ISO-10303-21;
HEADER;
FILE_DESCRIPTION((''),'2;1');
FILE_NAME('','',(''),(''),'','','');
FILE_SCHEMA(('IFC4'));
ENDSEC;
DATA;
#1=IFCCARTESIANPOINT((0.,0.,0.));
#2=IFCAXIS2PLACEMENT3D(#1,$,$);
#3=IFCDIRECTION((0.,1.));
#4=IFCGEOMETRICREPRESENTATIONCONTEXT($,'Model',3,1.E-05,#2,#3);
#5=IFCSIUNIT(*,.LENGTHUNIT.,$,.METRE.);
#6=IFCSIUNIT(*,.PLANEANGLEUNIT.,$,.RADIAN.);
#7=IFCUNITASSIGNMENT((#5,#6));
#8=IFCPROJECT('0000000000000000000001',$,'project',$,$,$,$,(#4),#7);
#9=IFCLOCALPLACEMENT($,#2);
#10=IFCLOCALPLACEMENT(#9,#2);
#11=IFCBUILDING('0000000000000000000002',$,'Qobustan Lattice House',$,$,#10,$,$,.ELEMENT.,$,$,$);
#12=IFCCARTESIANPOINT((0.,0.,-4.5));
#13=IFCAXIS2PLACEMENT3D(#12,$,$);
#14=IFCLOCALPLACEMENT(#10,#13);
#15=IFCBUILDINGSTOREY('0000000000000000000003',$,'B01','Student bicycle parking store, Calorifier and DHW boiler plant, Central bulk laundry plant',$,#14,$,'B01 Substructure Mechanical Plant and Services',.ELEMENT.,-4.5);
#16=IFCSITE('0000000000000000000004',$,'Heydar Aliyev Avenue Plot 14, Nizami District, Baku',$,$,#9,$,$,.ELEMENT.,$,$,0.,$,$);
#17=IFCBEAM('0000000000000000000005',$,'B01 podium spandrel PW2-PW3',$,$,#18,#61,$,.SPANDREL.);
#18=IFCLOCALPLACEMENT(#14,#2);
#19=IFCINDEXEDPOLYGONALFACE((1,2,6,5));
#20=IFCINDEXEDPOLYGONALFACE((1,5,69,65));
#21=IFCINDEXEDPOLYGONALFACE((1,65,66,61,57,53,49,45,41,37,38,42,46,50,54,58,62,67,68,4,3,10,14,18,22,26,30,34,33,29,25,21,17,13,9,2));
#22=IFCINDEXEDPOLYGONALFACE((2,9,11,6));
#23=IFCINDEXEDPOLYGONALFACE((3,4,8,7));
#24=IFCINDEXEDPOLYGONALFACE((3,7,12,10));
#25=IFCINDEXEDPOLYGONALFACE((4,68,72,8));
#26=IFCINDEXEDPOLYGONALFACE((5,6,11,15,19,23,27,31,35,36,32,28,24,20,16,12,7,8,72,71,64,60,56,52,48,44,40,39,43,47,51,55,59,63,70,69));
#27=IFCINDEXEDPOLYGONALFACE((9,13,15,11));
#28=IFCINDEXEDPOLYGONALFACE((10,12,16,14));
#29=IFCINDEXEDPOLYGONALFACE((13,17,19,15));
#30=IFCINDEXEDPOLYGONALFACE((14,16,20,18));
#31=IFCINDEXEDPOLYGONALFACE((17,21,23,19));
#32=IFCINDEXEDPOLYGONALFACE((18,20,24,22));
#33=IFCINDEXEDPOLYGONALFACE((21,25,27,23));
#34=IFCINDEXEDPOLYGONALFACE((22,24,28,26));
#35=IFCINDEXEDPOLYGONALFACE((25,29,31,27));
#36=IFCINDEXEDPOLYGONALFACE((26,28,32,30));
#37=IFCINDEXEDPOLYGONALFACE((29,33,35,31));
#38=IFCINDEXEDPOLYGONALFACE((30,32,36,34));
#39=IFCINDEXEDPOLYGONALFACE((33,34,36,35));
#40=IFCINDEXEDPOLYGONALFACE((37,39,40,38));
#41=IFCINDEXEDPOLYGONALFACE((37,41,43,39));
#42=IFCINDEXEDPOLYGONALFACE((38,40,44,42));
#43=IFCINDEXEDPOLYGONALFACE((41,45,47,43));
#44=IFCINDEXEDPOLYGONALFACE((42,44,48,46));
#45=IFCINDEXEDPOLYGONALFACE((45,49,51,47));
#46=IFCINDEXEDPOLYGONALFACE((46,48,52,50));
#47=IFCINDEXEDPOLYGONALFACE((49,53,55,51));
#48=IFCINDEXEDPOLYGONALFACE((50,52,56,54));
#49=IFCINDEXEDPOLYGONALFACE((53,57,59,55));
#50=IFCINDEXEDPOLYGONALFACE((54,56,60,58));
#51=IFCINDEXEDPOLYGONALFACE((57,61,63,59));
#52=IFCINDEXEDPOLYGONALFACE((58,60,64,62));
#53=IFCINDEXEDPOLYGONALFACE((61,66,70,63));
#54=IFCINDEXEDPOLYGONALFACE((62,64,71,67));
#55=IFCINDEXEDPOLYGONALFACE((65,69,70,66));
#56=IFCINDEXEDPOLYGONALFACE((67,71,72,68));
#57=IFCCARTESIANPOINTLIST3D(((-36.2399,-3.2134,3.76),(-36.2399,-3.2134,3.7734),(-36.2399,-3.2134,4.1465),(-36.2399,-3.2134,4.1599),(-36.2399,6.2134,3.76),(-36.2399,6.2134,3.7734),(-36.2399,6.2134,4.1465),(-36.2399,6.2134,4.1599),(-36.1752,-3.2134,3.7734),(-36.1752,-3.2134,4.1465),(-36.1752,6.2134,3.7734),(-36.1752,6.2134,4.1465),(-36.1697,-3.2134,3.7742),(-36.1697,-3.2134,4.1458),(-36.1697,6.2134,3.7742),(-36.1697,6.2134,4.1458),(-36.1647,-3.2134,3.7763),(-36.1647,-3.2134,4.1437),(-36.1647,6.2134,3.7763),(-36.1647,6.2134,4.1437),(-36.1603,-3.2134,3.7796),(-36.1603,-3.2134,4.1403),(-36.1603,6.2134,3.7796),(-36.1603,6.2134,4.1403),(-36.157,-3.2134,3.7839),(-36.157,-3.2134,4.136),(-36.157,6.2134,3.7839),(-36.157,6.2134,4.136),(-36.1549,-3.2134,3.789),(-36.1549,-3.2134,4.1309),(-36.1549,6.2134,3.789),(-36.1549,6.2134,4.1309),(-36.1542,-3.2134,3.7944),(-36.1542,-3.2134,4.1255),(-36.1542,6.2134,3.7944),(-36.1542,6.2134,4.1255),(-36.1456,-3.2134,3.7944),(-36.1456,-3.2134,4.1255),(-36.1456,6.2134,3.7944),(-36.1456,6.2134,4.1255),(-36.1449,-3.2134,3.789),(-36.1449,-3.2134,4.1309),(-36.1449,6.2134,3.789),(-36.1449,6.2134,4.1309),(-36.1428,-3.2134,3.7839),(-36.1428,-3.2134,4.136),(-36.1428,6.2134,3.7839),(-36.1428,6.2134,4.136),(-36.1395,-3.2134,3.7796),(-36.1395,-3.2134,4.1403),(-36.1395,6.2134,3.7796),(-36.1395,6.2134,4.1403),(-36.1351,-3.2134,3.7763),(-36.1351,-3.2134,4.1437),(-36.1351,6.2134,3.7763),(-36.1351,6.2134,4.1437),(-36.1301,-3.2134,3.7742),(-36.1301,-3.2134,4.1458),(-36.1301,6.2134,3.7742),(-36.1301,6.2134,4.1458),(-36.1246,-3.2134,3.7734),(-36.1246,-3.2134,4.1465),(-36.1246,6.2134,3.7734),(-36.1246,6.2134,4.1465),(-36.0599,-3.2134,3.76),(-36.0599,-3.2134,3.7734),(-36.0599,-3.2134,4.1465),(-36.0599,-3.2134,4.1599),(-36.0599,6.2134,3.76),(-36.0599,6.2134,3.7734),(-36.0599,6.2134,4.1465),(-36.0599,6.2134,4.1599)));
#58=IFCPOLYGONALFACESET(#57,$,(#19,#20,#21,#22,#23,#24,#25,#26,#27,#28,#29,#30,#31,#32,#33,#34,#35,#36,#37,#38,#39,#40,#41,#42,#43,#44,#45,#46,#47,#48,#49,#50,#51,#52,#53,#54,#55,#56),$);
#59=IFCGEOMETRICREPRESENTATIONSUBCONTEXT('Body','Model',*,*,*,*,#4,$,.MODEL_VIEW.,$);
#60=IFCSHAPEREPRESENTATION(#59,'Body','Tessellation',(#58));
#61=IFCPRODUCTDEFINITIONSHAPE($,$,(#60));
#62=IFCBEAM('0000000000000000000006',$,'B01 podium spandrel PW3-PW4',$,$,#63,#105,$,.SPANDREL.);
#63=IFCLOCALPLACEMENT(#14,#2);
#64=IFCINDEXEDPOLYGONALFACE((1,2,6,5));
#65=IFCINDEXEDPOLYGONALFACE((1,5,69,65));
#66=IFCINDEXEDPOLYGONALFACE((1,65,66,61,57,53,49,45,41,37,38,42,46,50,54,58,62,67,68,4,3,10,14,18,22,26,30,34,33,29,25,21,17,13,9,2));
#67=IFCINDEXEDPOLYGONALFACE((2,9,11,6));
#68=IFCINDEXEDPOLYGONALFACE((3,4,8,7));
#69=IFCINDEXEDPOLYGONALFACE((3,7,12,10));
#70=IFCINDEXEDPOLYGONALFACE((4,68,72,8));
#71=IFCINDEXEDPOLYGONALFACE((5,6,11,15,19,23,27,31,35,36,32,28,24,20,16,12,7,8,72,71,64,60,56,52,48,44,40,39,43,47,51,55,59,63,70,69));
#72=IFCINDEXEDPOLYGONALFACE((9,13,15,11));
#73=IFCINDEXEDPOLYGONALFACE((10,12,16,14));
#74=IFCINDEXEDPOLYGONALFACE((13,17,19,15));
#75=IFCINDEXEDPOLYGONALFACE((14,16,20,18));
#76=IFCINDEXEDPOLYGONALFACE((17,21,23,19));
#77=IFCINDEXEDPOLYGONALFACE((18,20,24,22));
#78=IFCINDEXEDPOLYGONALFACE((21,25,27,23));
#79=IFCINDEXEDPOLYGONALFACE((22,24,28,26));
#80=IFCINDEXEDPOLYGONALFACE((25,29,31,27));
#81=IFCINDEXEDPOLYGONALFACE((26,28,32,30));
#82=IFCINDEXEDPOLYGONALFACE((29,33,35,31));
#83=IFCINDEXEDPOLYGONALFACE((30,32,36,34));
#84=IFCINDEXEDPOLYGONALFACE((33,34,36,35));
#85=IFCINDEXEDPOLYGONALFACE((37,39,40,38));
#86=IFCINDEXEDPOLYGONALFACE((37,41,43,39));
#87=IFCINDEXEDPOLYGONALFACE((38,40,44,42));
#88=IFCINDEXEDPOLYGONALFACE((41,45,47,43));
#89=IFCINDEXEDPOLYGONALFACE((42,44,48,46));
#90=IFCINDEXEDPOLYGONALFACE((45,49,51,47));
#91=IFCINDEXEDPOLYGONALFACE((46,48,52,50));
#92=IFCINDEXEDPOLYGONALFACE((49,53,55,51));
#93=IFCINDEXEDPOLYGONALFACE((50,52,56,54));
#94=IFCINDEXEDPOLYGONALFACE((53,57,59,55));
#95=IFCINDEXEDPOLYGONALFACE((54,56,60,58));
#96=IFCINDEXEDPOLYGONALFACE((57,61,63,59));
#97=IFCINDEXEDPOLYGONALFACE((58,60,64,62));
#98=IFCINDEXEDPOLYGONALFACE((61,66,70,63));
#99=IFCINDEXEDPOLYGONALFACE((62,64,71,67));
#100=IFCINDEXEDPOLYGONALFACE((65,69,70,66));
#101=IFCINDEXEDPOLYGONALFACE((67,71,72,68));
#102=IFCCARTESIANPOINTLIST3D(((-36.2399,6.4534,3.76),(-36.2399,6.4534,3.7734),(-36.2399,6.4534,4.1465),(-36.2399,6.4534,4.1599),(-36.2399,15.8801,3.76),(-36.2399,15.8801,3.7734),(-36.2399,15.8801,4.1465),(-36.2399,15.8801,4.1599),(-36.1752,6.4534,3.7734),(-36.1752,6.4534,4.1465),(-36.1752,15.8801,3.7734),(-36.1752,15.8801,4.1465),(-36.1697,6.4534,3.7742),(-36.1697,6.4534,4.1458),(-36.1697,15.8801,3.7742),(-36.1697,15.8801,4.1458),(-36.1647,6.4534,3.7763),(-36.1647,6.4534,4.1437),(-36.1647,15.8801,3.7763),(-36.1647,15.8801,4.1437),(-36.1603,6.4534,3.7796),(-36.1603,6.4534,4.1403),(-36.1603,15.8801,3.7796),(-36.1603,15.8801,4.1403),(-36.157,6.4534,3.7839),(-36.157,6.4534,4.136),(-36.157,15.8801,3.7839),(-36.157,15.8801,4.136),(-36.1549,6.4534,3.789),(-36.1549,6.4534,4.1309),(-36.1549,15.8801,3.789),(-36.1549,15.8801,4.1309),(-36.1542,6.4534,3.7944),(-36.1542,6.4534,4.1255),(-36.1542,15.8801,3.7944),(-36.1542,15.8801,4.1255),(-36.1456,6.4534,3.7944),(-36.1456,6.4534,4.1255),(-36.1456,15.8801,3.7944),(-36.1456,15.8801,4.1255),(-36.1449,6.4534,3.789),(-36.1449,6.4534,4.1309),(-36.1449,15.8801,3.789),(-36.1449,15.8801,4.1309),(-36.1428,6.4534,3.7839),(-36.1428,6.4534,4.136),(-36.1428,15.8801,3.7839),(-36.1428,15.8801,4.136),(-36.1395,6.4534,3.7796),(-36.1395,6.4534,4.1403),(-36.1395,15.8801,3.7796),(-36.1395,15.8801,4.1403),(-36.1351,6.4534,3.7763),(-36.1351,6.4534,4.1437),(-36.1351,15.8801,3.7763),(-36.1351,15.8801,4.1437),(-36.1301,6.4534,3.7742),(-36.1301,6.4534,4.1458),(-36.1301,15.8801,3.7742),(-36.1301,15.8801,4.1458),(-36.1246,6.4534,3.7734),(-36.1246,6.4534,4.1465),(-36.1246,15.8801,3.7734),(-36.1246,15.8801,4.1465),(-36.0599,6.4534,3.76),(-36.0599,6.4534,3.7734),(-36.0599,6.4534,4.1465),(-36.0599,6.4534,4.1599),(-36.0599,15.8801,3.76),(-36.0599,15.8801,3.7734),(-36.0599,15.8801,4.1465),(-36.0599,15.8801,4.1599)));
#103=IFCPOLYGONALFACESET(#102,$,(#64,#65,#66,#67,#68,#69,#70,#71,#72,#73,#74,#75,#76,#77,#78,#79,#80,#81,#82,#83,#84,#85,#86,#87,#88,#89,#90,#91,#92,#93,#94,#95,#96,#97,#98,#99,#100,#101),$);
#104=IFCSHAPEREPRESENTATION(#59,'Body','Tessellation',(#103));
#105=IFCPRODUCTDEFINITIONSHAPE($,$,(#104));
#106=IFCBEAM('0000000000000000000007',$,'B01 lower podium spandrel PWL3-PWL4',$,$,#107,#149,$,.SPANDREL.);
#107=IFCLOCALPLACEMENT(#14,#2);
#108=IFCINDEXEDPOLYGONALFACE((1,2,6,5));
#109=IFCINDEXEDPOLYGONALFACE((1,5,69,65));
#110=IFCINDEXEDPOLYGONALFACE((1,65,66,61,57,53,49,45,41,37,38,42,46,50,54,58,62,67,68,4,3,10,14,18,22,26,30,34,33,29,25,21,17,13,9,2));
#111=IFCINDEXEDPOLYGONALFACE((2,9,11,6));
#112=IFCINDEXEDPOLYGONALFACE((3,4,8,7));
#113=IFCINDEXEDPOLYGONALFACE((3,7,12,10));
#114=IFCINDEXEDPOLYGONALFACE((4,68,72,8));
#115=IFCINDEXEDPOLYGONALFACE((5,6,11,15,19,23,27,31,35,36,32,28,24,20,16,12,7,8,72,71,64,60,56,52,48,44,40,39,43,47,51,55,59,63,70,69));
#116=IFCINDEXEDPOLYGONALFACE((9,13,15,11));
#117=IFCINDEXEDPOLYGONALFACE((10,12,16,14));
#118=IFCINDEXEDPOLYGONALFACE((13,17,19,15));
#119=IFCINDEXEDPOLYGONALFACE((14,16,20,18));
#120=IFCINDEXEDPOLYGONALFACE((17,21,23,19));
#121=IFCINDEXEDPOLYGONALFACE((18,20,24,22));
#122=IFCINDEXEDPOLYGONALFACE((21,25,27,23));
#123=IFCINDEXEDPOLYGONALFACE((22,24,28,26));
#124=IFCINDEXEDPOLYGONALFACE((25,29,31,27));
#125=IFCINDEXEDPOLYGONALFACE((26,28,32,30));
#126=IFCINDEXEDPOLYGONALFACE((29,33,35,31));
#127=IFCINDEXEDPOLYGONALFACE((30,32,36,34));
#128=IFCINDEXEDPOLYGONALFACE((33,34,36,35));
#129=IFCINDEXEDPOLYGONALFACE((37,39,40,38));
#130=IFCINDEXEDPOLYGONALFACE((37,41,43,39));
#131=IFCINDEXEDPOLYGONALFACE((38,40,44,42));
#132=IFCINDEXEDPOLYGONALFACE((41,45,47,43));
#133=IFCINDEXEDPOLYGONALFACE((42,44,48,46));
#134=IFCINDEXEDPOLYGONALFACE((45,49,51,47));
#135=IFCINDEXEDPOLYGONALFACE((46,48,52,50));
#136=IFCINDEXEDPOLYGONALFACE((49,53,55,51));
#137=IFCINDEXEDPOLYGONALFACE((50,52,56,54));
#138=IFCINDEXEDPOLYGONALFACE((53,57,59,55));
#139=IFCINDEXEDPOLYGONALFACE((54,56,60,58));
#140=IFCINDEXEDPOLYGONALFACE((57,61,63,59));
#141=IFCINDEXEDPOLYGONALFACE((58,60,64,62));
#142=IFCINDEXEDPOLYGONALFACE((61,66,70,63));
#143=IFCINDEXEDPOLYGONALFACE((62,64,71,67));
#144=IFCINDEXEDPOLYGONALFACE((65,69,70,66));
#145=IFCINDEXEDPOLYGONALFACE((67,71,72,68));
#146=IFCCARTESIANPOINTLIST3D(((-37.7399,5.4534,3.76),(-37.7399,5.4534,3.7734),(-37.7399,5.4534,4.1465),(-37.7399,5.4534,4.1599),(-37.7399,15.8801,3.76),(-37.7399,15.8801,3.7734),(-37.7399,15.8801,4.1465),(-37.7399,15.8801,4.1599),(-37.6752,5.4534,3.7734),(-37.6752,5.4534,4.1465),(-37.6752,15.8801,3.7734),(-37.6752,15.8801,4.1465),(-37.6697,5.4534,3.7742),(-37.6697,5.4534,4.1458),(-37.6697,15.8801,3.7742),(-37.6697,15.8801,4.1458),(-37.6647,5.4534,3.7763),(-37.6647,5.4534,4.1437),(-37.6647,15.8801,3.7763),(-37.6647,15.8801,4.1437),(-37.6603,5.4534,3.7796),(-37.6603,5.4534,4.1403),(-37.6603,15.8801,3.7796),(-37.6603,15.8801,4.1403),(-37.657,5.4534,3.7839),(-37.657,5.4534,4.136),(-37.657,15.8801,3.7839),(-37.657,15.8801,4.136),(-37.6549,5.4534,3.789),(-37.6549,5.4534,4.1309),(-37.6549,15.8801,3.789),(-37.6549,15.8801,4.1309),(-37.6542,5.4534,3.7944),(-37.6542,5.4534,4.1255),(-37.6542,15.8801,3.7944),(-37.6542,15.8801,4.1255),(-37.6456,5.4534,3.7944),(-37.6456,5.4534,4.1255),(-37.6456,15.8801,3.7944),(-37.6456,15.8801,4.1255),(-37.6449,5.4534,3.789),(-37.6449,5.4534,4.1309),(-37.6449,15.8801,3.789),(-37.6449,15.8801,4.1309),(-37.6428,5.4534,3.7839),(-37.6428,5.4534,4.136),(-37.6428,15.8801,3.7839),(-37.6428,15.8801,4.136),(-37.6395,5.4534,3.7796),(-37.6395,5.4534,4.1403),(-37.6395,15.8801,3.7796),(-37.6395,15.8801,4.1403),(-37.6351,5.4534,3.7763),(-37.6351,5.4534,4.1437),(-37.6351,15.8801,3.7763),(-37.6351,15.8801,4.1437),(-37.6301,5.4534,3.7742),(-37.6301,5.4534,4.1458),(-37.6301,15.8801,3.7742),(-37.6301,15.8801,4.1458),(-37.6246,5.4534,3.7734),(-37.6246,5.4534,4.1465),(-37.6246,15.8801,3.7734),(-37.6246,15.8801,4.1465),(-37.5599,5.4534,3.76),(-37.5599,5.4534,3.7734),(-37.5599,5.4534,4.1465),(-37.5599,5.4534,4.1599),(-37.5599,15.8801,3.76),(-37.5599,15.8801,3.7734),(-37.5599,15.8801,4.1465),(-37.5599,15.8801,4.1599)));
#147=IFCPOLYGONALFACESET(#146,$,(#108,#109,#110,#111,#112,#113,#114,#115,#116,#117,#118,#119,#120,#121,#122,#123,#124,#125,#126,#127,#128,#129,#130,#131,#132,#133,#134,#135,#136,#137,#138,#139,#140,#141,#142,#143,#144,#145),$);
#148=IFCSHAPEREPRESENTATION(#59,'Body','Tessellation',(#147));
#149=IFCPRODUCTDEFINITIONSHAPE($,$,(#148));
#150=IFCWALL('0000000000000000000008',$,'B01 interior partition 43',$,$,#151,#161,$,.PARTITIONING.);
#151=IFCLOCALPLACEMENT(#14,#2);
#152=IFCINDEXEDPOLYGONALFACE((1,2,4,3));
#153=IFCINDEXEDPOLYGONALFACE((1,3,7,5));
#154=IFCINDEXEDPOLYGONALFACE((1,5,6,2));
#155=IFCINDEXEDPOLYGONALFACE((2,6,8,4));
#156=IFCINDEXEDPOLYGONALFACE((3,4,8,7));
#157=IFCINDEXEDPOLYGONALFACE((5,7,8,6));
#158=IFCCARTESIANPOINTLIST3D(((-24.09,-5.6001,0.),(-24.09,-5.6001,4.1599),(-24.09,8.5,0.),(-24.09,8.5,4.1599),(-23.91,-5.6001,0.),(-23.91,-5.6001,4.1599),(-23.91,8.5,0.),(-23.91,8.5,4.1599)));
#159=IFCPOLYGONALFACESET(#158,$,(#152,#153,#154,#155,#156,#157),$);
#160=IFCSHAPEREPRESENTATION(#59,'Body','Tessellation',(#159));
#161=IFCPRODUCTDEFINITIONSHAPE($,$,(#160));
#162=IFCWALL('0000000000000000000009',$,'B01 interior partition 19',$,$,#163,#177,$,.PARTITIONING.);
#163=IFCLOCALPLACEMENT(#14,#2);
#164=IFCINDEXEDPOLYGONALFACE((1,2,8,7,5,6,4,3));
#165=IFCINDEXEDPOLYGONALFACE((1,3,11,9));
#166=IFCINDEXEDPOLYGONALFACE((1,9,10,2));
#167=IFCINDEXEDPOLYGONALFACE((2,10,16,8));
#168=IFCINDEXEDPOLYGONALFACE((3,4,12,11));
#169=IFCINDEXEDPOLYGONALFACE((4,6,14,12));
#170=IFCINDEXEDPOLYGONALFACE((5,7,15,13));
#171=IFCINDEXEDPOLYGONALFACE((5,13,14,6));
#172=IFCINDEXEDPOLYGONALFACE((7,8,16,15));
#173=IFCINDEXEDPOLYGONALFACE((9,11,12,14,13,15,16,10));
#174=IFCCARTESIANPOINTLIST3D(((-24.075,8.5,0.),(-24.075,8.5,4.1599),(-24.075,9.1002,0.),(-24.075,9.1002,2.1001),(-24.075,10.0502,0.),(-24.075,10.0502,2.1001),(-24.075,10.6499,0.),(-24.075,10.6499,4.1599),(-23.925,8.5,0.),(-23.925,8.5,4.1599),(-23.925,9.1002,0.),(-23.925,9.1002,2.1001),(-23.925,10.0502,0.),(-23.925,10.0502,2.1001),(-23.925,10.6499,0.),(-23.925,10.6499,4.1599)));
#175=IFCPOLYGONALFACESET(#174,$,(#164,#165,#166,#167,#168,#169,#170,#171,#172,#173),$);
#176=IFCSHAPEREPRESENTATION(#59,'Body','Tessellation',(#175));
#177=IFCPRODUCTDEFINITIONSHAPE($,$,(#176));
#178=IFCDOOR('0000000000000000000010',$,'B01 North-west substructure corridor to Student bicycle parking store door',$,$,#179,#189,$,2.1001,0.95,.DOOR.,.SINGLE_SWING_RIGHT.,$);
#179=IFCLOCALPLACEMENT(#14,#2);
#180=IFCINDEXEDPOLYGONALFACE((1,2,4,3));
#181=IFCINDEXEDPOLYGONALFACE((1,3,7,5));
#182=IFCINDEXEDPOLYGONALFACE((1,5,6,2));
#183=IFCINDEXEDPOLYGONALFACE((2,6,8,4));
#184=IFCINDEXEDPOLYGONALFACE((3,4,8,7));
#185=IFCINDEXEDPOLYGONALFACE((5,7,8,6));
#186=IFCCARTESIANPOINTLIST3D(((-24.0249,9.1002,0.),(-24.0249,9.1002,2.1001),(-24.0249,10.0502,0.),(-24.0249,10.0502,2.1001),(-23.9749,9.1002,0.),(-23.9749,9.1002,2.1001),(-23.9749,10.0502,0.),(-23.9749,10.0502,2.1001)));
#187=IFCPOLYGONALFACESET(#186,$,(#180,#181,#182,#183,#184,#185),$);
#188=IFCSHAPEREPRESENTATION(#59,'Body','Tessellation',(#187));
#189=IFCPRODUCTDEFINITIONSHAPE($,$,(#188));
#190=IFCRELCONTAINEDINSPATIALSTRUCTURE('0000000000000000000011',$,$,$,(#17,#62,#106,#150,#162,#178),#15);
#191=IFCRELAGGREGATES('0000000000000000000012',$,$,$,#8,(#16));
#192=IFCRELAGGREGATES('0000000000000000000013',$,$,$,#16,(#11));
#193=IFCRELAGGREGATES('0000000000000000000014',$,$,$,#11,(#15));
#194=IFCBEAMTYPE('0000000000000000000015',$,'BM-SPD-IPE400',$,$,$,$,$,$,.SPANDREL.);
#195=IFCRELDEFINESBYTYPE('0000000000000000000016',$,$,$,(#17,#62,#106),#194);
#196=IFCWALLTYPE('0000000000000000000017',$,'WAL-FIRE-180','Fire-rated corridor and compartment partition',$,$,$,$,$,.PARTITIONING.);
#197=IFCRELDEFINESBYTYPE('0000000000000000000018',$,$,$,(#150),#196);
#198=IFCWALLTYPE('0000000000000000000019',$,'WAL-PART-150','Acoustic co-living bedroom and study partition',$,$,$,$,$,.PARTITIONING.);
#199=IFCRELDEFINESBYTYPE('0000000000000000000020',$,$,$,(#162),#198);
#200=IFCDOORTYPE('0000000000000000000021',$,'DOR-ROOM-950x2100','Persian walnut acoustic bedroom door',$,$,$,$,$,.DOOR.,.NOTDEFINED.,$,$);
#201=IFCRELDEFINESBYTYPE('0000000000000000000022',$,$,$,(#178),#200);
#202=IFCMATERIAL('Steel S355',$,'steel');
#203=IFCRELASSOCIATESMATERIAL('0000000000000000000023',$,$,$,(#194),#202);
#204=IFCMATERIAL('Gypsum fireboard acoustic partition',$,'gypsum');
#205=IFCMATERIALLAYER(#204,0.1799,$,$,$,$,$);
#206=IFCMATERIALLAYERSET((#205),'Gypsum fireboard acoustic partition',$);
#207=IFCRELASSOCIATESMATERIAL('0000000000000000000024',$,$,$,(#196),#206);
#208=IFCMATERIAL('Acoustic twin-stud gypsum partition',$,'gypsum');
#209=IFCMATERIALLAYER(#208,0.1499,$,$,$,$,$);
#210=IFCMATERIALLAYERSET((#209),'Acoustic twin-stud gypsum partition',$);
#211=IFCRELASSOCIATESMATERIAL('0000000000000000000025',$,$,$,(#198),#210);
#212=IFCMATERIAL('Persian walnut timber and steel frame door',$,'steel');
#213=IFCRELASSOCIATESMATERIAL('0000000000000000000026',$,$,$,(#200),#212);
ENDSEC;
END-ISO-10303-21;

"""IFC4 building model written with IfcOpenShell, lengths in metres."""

from ifc_helpers import new_model, si_unit, direction, frame, frame_2d, origin, origin_2d, place, context, subcontext, project, spatial, rectangle, i_section, extrude, material, layer, layer_set, material_profile, profile_set, type_object, element, fill, save


model = new_model("IFC4")

# Units and contexts
model_context = context("Model", 3, precision=1e-05, world=origin(), true_north=direction((0.0, 1.0)))
body_context = subcontext(model_context, "Body", "Model", "MODEL_VIEW")
ifc_project = project(units=[si_unit("LENGTHUNIT", "METRE"), si_unit("PLANEANGLEUNIT", "RADIAN")], contexts=[model_context])

# Site, building, storey
site_placement = place(None, origin())
site = spatial("IfcSite", under=ifc_project, at=site_placement, Name="Heydar Aliyev Avenue Plot 14, Nizami District, Baku", CompositionType="ELEMENT", RefElevation=0.0)
building_placement = place(site_placement, origin())
building = spatial("IfcBuilding", under=site, at=building_placement, Name="Qobustan Lattice House", CompositionType="ELEMENT")
storey_placement = place(building_placement, frame((0.0, 0.0, -4.5)))
storey = spatial("IfcBuildingStorey", under=building, at=storey_placement, Name="B01", Description="Student bicycle parking store, Calorifier and DHW boiler plant, Central bulk laundry plant", LongName="B01 Substructure Mechanical Plant and Services", CompositionType="ELEMENT", Elevation=-4.5)

# Beams
ifc_material_1 = material(Name="Steel S355", Category="steel")
ifc_material_profile_1 = material_profile(ifc_material_1, i_section(OverallWidth=0.1799, OverallDepth=0.3999, WebThickness=0.0085, FlangeThickness=0.0134, FilletRadius=0.021, at=origin_2d()), Name="IPE400")
ifc_profile_set_1 = profile_set([ifc_material_profile_1], Name="Steel S355")
beam_type_1 = type_object("IfcBeamType", Name="BM-SPD-IPE400", PredefinedType="SPANDREL", material=ifc_profile_set_1)
for number, where, z_axis, x_axis, name in (
    (1, (-36.1499, -3.2134, 3.96), (0.0, 1.0, 0.0), (-1.0, 0.0, 0.0), "B01 podium spandrel PW2-PW3"),
    (2, (-36.1499, 6.4534, 3.96), (0.0, 1.0, 0.0), (-1.0, 0.0, 0.0), "B01 podium spandrel PW3-PW4"),
):
    element("IfcBeam", number, at=place(storey_placement, frame(where, z_axis=z_axis, x_axis=x_axis)), inside=storey, type_object=beam_type_1, Name=name, PredefinedType="SPANDREL", context=body_context, shape_type="SweptSolid", body=[
        extrude(i_section(OverallWidth=0.1799, OverallDepth=0.3999, WebThickness=0.0085, FlangeThickness=0.0134, FilletRadius=0.021, at=origin_2d()), origin(), (0.0, 0.0, 1.0), 9.4268),
    ])
beam_1_placement = place(storey_placement, frame((-37.6499, 5.4534, 3.96), z_axis=(0.0, 1.0, 0.0), x_axis=(-1.0, 0.0, 0.0)))
element("IfcBeam", 3, at=beam_1_placement, inside=storey, type_object=beam_type_1, Name="B01 lower podium spandrel PWL3-PWL4", PredefinedType="SPANDREL", context=body_context, shape_type="SweptSolid", body=[
    extrude(i_section(OverallWidth=0.1799, OverallDepth=0.3999, WebThickness=0.0085, FlangeThickness=0.0134, FilletRadius=0.021, at=origin_2d()), origin(), (0.0, 0.0, 1.0), 10.4268),
])

# Wall
ifc_material_2 = material(Name="Gypsum fireboard acoustic partition", Category="gypsum")
ifc_layer_1 = layer(ifc_material_2, 0.1799)
ifc_layer_set_1 = layer_set([ifc_layer_1], Name="Gypsum fireboard acoustic partition")
wall_type_1 = type_object("IfcWallType", Name="WAL-FIRE-180", Description="Fire-rated corridor and compartment partition", PredefinedType="PARTITIONING", material=ifc_layer_set_1)
wall_1_placement = place(storey_placement, frame((-24.0, 8.5, 0.0), z_axis=(0.0, 0.0, 1.0), x_axis=(0.0, -1.0, 0.0)))
element("IfcWall", 4, at=wall_1_placement, inside=storey, type_object=wall_type_1, Name="B01 interior partition 43", PredefinedType="PARTITIONING", context=body_context, shape_type="SweptSolid", body=[
    extrude(rectangle(XDim=14.1001, YDim=0.1799, at=frame_2d((7.05, 0.0))), origin(), (0.0, 0.0, 1.0), 4.1599),
])

# Wall, opening, door
ifc_material_3 = material(Name="Acoustic twin-stud gypsum partition", Category="gypsum")
ifc_layer_2 = layer(ifc_material_3, 0.1499)
ifc_layer_set_2 = layer_set([ifc_layer_2], Name="Acoustic twin-stud gypsum partition")
wall_type_2 = type_object("IfcWallType", Name="WAL-PART-150", Description="Acoustic co-living bedroom and study partition", PredefinedType="PARTITIONING", material=ifc_layer_set_2)
wall_2_placement = place(storey_placement, frame((-24.0, 8.5, 0.0), z_axis=(0.0, 0.0, 1.0), x_axis=(0.0, 1.0, 0.0)))
wall_2 = element("IfcWall", 5, at=wall_2_placement, inside=storey, type_object=wall_type_2, Name="B01 interior partition 19", PredefinedType="PARTITIONING", context=body_context, shape_type="SweptSolid", body=[
    extrude(rectangle(XDim=2.1499, YDim=0.1499, at=frame_2d((1.075, 0.0))), origin(), (0.0, 0.0, 1.0), 4.1599),
])
opening_1_placement = place(wall_2_placement, frame((0.6001, 0.0, 0.0)))
opening_1 = element("IfcOpeningElement", 6, at=opening_1_placement, cuts=wall_2, PredefinedType="OPENING", context=body_context, shape_type="SweptSolid", body=[
    extrude(rectangle(XDim=0.95, YDim=2.1001, at=frame_2d((0.4751, 1.05))), frame((0.0, 0.085, 0.0), z_axis=(0.0, -1.0, 0.0), x_axis=(1.0, 0.0, 0.0)), (0.0, 0.0, 1.0), 0.1699),
])
ifc_material_4 = material(Name="Persian walnut timber and steel frame door", Category="steel")
door_type = type_object("IfcDoorType", Name="DOR-ROOM-950x2100", Description="Persian walnut acoustic bedroom door", OperationType="NOTDEFINED", PredefinedType="DOOR", material=ifc_material_4)
door_1_placement = place(opening_1_placement, origin())
door_1 = element("IfcDoor", 7, at=door_1_placement, inside=storey, type_object=door_type, Name="B01 North-west substructure corridor to Student bicycle parking store door", OperationType="SINGLE_SWING_RIGHT", OverallHeight=2.1001, OverallWidth=0.95, PredefinedType="DOOR", context=body_context, shape_type="SweptSolid", body=[
    extrude(rectangle(XDim=0.95, YDim=2.1001, at=frame_2d((0.4751, 1.05))), frame((0.0, 0.0249, 0.0), z_axis=(0.0, -1.0, 0.0), x_axis=(1.0, 0.0, 0.0)), (0.0, 0.0, 1.0), 0.05),
])
fill(opening_1, door_1)

save(model, "model.ifc")
